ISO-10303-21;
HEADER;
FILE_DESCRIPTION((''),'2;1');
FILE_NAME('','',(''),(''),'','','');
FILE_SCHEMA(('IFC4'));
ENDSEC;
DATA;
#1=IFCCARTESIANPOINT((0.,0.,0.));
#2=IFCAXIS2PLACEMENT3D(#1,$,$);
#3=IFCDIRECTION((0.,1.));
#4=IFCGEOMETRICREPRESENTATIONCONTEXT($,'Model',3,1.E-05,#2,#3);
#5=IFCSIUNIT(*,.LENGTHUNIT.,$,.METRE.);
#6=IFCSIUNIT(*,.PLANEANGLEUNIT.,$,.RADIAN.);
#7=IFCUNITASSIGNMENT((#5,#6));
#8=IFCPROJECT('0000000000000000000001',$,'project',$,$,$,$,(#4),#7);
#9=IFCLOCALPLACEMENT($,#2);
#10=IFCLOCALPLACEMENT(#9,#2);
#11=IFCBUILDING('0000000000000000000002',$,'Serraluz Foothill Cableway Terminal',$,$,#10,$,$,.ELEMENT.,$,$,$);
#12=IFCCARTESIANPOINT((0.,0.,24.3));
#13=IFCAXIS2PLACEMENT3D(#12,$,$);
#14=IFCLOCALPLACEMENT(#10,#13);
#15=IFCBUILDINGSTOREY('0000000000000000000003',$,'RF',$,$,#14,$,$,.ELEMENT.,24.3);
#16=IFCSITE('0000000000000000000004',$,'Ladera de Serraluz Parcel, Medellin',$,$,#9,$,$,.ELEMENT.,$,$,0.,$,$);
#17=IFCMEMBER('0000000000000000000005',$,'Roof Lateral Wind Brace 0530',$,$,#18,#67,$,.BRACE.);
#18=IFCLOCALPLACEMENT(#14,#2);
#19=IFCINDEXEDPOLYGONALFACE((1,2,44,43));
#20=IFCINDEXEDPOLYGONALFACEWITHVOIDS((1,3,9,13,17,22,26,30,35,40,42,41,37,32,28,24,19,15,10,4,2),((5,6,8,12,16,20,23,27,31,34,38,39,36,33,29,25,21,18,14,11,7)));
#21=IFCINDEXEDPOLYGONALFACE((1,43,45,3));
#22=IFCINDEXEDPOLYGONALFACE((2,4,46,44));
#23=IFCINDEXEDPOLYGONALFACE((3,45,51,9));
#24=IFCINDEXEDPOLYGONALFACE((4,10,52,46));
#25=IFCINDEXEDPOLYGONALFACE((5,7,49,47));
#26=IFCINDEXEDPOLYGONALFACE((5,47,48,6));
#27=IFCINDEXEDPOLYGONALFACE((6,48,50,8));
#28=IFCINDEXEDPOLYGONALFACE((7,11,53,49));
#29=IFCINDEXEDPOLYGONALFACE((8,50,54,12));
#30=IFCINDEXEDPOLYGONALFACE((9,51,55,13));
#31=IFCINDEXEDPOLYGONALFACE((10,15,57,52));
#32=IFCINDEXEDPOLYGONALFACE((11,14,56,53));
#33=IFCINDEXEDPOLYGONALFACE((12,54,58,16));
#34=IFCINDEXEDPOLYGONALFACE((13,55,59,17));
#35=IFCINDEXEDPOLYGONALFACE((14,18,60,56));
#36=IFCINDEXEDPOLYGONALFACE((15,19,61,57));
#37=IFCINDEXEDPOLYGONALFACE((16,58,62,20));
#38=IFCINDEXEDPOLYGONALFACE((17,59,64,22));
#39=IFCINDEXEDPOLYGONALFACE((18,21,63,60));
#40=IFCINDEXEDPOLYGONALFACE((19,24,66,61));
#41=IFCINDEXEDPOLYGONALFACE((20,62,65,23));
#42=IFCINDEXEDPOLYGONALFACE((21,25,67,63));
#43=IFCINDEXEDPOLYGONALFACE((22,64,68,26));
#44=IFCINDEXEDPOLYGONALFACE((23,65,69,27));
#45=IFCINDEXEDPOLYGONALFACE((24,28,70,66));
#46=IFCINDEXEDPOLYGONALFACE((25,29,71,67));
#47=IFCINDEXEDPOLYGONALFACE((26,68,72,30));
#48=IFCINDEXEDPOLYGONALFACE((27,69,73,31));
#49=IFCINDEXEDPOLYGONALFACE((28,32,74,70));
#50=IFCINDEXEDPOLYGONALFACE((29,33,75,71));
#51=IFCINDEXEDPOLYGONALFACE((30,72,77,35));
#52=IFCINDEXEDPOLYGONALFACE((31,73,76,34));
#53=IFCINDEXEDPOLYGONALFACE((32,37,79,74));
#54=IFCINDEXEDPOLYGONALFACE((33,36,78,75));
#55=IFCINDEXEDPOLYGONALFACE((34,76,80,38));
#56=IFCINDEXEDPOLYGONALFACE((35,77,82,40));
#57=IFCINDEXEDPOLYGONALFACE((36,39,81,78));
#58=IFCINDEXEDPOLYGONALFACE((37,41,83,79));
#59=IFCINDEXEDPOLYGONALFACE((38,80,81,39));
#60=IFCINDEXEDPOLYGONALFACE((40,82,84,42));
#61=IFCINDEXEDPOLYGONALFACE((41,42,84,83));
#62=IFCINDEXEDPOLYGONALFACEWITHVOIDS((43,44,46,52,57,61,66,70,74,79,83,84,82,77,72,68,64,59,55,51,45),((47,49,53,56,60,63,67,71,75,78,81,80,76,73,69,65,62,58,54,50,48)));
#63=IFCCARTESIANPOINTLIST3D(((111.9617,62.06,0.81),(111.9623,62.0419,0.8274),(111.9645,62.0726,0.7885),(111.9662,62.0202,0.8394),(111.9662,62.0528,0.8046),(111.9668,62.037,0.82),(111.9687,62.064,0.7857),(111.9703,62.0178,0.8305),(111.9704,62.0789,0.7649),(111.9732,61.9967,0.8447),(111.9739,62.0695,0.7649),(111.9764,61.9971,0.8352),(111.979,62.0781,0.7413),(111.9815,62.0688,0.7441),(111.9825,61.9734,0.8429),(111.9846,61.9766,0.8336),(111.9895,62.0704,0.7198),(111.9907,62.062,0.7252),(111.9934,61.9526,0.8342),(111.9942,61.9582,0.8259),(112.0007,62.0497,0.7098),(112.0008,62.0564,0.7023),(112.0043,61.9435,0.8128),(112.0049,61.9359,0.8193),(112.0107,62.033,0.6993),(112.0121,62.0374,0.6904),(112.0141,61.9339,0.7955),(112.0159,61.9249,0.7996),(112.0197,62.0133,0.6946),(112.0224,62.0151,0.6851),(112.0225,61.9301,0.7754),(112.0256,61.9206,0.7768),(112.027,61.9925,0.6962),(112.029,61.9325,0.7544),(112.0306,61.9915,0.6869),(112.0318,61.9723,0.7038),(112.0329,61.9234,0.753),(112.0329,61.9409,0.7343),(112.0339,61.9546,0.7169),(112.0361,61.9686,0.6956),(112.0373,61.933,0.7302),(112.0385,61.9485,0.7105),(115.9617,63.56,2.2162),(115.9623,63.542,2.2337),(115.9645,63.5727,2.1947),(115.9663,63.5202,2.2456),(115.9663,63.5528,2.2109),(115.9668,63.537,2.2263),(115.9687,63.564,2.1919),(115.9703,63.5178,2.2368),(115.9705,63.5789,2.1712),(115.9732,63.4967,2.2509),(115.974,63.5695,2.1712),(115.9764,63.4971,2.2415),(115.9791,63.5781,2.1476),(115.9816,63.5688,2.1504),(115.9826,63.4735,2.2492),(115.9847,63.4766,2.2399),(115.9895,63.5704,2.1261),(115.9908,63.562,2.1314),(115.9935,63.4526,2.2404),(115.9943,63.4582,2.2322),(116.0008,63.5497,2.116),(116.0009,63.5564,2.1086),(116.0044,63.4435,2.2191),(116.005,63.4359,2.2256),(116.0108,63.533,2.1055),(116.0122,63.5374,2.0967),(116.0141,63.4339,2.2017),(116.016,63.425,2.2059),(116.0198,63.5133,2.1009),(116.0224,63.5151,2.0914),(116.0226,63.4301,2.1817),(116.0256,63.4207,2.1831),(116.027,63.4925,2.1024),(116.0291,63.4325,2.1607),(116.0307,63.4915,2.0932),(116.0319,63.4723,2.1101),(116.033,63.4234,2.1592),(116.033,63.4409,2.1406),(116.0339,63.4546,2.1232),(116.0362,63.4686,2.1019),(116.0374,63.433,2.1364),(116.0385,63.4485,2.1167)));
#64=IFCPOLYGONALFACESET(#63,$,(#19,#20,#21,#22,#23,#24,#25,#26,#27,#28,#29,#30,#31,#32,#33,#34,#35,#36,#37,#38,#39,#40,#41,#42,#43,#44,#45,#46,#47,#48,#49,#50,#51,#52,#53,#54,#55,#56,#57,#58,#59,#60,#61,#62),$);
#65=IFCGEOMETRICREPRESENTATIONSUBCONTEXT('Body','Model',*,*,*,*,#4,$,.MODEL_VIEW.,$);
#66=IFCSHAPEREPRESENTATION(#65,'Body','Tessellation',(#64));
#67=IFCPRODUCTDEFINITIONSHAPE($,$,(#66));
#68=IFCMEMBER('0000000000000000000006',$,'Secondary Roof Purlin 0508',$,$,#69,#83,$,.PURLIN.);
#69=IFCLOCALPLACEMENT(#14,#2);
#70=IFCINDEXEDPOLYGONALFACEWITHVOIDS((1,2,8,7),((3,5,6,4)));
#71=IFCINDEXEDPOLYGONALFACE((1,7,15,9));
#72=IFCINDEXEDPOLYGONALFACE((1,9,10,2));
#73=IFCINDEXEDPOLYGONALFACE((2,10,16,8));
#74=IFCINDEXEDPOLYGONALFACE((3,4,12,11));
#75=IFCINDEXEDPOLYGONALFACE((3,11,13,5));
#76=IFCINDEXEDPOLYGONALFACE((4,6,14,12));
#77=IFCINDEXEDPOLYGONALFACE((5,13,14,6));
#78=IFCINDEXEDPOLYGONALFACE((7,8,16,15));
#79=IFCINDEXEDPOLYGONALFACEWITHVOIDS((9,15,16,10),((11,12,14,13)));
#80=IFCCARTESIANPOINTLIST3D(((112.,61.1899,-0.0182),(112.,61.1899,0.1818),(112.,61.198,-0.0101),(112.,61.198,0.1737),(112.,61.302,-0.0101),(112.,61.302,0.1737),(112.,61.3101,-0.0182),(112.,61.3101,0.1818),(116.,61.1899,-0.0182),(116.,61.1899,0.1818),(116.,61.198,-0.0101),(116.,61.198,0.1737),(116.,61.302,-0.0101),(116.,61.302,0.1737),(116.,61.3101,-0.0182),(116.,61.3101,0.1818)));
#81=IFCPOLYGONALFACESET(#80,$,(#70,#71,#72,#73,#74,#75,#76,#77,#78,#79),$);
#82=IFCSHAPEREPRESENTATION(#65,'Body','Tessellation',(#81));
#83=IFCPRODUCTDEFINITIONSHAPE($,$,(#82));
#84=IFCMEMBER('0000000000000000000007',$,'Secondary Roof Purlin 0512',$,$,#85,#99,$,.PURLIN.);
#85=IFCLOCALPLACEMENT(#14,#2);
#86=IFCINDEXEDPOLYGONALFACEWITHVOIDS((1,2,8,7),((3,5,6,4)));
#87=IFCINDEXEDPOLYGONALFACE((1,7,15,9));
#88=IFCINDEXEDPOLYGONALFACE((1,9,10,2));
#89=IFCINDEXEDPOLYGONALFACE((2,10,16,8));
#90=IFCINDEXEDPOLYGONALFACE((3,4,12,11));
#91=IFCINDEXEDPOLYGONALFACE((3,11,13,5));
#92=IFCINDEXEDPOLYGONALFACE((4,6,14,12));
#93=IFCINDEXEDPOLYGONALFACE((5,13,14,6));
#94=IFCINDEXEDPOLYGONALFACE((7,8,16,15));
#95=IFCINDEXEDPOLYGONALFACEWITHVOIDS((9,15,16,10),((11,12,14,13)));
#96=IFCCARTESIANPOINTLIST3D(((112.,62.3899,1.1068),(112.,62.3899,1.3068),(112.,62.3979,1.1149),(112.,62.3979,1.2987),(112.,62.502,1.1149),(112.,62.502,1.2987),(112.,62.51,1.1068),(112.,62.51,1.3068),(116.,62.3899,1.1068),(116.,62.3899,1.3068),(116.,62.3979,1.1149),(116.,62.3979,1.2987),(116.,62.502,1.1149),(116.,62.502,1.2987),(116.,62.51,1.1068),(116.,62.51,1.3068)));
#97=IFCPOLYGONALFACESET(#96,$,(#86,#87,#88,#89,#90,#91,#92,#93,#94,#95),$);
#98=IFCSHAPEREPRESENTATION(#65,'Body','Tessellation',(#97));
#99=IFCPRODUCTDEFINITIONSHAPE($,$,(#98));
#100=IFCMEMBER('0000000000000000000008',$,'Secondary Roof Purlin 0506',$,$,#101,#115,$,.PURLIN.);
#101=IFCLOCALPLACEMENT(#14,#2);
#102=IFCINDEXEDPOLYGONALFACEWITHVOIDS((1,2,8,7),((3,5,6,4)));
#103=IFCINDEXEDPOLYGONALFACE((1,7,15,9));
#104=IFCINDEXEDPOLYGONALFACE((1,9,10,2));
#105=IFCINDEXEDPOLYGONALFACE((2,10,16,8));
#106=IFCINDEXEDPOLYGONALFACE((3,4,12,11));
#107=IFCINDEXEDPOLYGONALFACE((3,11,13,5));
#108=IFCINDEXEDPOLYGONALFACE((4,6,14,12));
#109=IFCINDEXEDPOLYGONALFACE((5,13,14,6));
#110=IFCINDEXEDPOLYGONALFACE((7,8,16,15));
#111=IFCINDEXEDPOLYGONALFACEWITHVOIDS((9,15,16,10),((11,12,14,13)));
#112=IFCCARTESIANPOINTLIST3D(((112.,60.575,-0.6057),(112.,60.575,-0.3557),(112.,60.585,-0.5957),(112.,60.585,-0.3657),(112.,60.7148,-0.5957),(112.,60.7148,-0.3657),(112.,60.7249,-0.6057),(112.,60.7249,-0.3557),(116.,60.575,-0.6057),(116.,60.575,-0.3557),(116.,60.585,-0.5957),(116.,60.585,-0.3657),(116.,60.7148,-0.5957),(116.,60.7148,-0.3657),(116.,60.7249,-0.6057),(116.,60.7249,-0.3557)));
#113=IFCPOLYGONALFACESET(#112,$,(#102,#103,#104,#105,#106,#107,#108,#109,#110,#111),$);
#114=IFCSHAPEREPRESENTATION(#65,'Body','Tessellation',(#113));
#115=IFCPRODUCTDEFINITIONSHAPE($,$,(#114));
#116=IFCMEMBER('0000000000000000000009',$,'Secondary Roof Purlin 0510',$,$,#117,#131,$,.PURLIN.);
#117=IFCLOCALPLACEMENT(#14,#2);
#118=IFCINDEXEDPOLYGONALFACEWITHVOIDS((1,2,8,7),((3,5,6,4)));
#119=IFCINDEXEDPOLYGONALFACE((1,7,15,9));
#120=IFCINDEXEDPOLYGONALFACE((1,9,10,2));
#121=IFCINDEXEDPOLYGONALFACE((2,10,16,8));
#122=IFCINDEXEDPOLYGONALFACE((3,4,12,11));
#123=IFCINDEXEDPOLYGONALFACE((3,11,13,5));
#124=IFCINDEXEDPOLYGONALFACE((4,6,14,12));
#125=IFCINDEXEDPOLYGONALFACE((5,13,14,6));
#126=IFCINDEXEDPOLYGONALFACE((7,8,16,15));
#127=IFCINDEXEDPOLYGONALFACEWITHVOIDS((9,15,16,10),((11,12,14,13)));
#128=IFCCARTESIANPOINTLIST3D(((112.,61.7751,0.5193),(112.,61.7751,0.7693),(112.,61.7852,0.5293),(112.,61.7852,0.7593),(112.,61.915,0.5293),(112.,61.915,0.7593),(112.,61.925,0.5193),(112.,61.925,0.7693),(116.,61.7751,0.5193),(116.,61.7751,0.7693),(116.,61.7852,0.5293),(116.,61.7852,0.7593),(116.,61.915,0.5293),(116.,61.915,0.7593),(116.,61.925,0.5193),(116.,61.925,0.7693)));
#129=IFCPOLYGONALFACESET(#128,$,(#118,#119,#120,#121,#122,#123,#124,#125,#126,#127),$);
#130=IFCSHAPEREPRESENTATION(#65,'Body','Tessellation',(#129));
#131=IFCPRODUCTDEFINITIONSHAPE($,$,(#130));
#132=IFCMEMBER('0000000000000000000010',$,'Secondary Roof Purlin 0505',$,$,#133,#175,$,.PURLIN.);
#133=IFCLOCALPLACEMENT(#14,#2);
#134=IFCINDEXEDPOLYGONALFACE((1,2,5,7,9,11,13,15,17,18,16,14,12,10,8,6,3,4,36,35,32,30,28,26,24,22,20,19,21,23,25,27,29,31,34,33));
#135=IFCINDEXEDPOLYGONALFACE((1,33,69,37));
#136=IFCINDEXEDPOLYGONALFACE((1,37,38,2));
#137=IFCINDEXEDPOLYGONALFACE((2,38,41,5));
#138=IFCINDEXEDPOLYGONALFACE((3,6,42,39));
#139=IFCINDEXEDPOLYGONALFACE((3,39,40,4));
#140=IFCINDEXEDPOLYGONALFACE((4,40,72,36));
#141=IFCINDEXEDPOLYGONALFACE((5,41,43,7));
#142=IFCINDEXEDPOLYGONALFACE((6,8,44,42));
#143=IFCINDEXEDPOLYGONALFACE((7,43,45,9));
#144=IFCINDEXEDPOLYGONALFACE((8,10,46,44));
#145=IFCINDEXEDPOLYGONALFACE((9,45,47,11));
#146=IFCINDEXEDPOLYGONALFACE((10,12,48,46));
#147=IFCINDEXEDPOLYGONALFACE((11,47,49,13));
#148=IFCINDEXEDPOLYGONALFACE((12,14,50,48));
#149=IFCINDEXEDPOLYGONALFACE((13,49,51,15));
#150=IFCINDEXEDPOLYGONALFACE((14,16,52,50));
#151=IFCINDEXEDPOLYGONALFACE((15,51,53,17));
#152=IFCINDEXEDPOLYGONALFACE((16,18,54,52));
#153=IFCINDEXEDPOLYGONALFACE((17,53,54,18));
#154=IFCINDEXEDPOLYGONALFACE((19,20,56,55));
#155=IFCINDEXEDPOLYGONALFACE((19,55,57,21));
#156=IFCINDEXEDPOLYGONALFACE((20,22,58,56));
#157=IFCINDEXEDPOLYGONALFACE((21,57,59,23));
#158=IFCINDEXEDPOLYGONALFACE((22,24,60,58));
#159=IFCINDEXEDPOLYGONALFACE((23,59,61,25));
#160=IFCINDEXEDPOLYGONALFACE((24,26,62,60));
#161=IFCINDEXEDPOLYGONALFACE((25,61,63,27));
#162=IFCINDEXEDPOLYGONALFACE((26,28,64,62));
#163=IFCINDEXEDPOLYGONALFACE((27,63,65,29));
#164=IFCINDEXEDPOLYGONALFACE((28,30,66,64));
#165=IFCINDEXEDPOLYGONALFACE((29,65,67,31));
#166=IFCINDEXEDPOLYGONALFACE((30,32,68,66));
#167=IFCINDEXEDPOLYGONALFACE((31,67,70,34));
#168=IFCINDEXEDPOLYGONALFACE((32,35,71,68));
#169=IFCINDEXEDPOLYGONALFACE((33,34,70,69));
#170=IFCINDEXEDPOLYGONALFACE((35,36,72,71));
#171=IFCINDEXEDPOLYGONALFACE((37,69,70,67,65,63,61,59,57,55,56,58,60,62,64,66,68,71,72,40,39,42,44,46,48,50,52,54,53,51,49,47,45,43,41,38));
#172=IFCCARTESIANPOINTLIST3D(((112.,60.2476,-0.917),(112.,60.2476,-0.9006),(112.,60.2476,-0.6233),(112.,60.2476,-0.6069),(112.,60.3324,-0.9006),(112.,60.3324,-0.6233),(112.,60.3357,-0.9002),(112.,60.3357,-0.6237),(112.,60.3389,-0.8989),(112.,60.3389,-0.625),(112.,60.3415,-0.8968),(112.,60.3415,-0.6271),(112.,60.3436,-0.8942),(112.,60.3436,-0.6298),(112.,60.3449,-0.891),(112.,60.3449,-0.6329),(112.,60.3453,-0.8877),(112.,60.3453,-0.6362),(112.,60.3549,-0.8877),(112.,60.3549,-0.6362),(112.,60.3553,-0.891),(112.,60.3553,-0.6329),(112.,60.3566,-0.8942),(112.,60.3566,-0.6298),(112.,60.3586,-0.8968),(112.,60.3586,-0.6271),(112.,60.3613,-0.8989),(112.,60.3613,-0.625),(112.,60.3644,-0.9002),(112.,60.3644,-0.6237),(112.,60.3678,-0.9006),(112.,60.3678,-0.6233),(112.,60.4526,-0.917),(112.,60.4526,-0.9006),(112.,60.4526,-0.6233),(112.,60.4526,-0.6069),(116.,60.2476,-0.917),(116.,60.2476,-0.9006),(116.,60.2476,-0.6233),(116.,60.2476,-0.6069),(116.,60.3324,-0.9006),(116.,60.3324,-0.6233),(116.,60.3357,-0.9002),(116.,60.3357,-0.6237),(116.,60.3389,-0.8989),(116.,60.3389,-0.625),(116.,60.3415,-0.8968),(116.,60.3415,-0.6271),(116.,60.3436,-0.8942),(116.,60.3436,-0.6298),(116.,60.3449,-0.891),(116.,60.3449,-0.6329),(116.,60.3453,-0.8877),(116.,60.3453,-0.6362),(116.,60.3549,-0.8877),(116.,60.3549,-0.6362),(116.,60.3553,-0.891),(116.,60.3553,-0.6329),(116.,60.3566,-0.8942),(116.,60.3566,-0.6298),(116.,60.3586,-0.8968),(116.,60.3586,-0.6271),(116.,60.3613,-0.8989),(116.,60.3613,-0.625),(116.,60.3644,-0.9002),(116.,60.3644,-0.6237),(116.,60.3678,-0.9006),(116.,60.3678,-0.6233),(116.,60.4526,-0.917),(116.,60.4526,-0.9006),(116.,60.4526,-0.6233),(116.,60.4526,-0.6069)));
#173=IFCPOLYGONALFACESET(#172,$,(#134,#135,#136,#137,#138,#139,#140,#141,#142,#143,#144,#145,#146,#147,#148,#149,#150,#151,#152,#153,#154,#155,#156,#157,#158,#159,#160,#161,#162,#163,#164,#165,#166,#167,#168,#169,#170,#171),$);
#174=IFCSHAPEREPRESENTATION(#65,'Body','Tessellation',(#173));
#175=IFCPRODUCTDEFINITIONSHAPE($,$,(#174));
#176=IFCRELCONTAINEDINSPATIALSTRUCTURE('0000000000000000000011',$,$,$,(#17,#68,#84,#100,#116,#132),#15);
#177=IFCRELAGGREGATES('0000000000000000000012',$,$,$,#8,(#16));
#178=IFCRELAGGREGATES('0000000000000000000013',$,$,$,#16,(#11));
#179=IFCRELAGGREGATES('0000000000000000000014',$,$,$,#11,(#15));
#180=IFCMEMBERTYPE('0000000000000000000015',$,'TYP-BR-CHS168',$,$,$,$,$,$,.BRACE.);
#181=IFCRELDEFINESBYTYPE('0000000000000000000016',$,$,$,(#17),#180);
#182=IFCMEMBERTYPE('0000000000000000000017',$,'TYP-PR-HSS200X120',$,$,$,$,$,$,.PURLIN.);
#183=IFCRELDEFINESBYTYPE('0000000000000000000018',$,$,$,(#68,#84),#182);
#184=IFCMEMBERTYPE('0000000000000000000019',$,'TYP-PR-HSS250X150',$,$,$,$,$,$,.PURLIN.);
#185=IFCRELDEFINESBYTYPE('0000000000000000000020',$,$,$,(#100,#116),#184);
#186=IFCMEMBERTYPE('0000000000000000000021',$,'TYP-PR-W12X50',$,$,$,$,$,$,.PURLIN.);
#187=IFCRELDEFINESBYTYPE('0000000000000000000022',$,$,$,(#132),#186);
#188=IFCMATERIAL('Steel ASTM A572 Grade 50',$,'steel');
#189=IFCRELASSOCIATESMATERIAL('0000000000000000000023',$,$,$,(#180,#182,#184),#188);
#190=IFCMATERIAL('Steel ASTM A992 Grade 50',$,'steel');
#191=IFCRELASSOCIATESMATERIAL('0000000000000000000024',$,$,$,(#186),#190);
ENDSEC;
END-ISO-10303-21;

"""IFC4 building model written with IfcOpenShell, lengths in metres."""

from ifc_helpers import new_model, si_unit, direction, frame, origin, origin_2d, place, context, subcontext, project, spatial, hollow_rectangle, hollow_circle, i_section, extrude, material, material_profile, profile_set, type_object, element, save


model = new_model("IFC4")

# Units and contexts
model_context = context("Model", 3, precision=1e-05, world=origin(), true_north=direction((0.0, 1.0)))
body_context = subcontext(model_context, "Body", "Model", "MODEL_VIEW")
ifc_project = project(units=[si_unit("LENGTHUNIT", "METRE"), si_unit("PLANEANGLEUNIT", "RADIAN")], contexts=[model_context])

# Site, building, storey
site_placement = place(None, origin())
site = spatial("IfcSite", under=ifc_project, at=site_placement, Name="Ladera de Serraluz Parcel, Medellin", CompositionType="ELEMENT", RefElevation=0.0)
building_placement = place(site_placement, origin())
building = spatial("IfcBuilding", under=site, at=building_placement, Name="Serraluz Foothill Cableway Terminal", CompositionType="ELEMENT")
storey_placement = place(building_placement, frame((0.0, 0.0, 24.3)))
storey = spatial("IfcBuildingStorey", under=building, at=storey_placement, Name="RF", CompositionType="ELEMENT", Elevation=24.3)

# Members
ifc_material_1 = material(Name="Steel ASTM A572 Grade 50", Category="steel")
ifc_material_profile_1 = material_profile(ifc_material_1, hollow_circle(Radius=0.0842, WallThickness=0.01, at=origin_2d()), Name="CHS168X10")
ifc_profile_set_1 = profile_set([ifc_material_profile_1], Name="Steel ASTM A572 Grade 50")
member_type_1 = type_object("IfcMemberType", Name="TYP-BR-CHS168", PredefinedType="BRACE", material=ifc_profile_set_1)
for number, where, z_axis, x_axis, name in (
    (1, (112.0, 62.0, 0.7649), (0.889382, 0.333518, 0.312673), (-0.351123, 0.936329, 0.0), "Roof Lateral Wind Brace 0530"),
):
    element("IfcMember", number, at=place(storey_placement, frame(where, z_axis=z_axis, x_axis=x_axis)), inside=storey, type_object=member_type_1, Name=name, PredefinedType="BRACE", context=body_context, shape_type="SweptSolid", body=[
        extrude(hollow_circle(Radius=0.0842, WallThickness=0.01, at=origin_2d()), origin(), (0.0, 0.0, 1.0), 4.4976),
    ])
ifc_material_profile_2 = material_profile(ifc_material_1, hollow_rectangle(XDim=0.1201, YDim=0.2, WallThickness=0.0081, at=origin_2d()), Name="HSS200X120X8")
ifc_profile_set_2 = profile_set([ifc_material_profile_2], Name="Steel ASTM A572 Grade 50")
member_type_2 = type_object("IfcMemberType", Name="TYP-PR-HSS200X120", PredefinedType="PURLIN", material=ifc_profile_set_2)
for number, where, z_axis, x_axis, name in (
    (2, (112.0, 61.25, 0.0818), (1.0, 0.0, 0.0), (0.0, 1.0, 0.0), "Secondary Roof Purlin 0508"),
    (3, (112.0, 62.45, 1.2068), (1.0, 0.0, 0.0), (0.0, 1.0, 0.0), "Secondary Roof Purlin 0512"),
):
    element("IfcMember", number, at=place(storey_placement, frame(where, z_axis=z_axis, x_axis=x_axis)), inside=storey, type_object=member_type_2, Name=name, PredefinedType="PURLIN", context=body_context, shape_type="SweptSolid", body=[
        extrude(hollow_rectangle(XDim=0.1201, YDim=0.2, WallThickness=0.0081, at=origin_2d()), origin(), (0.0, 0.0, 1.0), 4.0),
    ])
ifc_material_profile_3 = material_profile(ifc_material_1, hollow_rectangle(XDim=0.1499, YDim=0.25, WallThickness=0.01, at=origin_2d()), Name="HSS250X150X10")
ifc_profile_set_3 = profile_set([ifc_material_profile_3], Name="Steel ASTM A572 Grade 50")
member_type_3 = type_object("IfcMemberType", Name="TYP-PR-HSS250X150", PredefinedType="PURLIN", material=ifc_profile_set_3)
for number, where, z_axis, x_axis, name in (
    (4, (112.0, 60.6499, -0.4807), (1.0, 0.0, 0.0), (0.0, 1.0, 0.0), "Secondary Roof Purlin 0506"),
    (5, (112.0, 61.8501, 0.6443), (1.0, 0.0, 0.0), (0.0, 1.0, 0.0), "Secondary Roof Purlin 0510"),
):
    element("IfcMember", number, at=place(storey_placement, frame(where, z_axis=z_axis, x_axis=x_axis)), inside=storey, type_object=member_type_3, Name=name, PredefinedType="PURLIN", context=body_context, shape_type="SweptSolid", body=[
        extrude(hollow_rectangle(XDim=0.1499, YDim=0.25, WallThickness=0.01, at=origin_2d()), origin(), (0.0, 0.0, 1.0), 4.0),
    ])
ifc_material_2 = material(Name="Steel ASTM A992 Grade 50", Category="steel")
ifc_material_profile_4 = material_profile(ifc_material_2, i_section(OverallWidth=0.2051, OverallDepth=0.3101, WebThickness=0.0095, FlangeThickness=0.0164, FilletRadius=0.0129, at=origin_2d()), Name="W12X50")
ifc_profile_set_4 = profile_set([ifc_material_profile_4], Name="Steel ASTM A992 Grade 50")
member_type_4 = type_object("IfcMemberType", Name="TYP-PR-W12X50", PredefinedType="PURLIN", material=ifc_profile_set_4)
for number, where, z_axis, x_axis, name in (
    (6, (112.0, 60.3501, -0.762), (1.0, 0.0, 0.0), (0.0, 1.0, 0.0), "Secondary Roof Purlin 0505"),
):
    element("IfcMember", number, at=place(storey_placement, frame(where, z_axis=z_axis, x_axis=x_axis)), inside=storey, type_object=member_type_4, Name=name, PredefinedType="PURLIN", context=body_context, shape_type="SweptSolid", body=[
        extrude(i_section(OverallWidth=0.2051, OverallDepth=0.3101, WebThickness=0.0095, FlangeThickness=0.0164, FilletRadius=0.0129, at=origin_2d()), origin(), (0.0, 0.0, 1.0), 4.0),
    ])

save(model, "model.ifc")
